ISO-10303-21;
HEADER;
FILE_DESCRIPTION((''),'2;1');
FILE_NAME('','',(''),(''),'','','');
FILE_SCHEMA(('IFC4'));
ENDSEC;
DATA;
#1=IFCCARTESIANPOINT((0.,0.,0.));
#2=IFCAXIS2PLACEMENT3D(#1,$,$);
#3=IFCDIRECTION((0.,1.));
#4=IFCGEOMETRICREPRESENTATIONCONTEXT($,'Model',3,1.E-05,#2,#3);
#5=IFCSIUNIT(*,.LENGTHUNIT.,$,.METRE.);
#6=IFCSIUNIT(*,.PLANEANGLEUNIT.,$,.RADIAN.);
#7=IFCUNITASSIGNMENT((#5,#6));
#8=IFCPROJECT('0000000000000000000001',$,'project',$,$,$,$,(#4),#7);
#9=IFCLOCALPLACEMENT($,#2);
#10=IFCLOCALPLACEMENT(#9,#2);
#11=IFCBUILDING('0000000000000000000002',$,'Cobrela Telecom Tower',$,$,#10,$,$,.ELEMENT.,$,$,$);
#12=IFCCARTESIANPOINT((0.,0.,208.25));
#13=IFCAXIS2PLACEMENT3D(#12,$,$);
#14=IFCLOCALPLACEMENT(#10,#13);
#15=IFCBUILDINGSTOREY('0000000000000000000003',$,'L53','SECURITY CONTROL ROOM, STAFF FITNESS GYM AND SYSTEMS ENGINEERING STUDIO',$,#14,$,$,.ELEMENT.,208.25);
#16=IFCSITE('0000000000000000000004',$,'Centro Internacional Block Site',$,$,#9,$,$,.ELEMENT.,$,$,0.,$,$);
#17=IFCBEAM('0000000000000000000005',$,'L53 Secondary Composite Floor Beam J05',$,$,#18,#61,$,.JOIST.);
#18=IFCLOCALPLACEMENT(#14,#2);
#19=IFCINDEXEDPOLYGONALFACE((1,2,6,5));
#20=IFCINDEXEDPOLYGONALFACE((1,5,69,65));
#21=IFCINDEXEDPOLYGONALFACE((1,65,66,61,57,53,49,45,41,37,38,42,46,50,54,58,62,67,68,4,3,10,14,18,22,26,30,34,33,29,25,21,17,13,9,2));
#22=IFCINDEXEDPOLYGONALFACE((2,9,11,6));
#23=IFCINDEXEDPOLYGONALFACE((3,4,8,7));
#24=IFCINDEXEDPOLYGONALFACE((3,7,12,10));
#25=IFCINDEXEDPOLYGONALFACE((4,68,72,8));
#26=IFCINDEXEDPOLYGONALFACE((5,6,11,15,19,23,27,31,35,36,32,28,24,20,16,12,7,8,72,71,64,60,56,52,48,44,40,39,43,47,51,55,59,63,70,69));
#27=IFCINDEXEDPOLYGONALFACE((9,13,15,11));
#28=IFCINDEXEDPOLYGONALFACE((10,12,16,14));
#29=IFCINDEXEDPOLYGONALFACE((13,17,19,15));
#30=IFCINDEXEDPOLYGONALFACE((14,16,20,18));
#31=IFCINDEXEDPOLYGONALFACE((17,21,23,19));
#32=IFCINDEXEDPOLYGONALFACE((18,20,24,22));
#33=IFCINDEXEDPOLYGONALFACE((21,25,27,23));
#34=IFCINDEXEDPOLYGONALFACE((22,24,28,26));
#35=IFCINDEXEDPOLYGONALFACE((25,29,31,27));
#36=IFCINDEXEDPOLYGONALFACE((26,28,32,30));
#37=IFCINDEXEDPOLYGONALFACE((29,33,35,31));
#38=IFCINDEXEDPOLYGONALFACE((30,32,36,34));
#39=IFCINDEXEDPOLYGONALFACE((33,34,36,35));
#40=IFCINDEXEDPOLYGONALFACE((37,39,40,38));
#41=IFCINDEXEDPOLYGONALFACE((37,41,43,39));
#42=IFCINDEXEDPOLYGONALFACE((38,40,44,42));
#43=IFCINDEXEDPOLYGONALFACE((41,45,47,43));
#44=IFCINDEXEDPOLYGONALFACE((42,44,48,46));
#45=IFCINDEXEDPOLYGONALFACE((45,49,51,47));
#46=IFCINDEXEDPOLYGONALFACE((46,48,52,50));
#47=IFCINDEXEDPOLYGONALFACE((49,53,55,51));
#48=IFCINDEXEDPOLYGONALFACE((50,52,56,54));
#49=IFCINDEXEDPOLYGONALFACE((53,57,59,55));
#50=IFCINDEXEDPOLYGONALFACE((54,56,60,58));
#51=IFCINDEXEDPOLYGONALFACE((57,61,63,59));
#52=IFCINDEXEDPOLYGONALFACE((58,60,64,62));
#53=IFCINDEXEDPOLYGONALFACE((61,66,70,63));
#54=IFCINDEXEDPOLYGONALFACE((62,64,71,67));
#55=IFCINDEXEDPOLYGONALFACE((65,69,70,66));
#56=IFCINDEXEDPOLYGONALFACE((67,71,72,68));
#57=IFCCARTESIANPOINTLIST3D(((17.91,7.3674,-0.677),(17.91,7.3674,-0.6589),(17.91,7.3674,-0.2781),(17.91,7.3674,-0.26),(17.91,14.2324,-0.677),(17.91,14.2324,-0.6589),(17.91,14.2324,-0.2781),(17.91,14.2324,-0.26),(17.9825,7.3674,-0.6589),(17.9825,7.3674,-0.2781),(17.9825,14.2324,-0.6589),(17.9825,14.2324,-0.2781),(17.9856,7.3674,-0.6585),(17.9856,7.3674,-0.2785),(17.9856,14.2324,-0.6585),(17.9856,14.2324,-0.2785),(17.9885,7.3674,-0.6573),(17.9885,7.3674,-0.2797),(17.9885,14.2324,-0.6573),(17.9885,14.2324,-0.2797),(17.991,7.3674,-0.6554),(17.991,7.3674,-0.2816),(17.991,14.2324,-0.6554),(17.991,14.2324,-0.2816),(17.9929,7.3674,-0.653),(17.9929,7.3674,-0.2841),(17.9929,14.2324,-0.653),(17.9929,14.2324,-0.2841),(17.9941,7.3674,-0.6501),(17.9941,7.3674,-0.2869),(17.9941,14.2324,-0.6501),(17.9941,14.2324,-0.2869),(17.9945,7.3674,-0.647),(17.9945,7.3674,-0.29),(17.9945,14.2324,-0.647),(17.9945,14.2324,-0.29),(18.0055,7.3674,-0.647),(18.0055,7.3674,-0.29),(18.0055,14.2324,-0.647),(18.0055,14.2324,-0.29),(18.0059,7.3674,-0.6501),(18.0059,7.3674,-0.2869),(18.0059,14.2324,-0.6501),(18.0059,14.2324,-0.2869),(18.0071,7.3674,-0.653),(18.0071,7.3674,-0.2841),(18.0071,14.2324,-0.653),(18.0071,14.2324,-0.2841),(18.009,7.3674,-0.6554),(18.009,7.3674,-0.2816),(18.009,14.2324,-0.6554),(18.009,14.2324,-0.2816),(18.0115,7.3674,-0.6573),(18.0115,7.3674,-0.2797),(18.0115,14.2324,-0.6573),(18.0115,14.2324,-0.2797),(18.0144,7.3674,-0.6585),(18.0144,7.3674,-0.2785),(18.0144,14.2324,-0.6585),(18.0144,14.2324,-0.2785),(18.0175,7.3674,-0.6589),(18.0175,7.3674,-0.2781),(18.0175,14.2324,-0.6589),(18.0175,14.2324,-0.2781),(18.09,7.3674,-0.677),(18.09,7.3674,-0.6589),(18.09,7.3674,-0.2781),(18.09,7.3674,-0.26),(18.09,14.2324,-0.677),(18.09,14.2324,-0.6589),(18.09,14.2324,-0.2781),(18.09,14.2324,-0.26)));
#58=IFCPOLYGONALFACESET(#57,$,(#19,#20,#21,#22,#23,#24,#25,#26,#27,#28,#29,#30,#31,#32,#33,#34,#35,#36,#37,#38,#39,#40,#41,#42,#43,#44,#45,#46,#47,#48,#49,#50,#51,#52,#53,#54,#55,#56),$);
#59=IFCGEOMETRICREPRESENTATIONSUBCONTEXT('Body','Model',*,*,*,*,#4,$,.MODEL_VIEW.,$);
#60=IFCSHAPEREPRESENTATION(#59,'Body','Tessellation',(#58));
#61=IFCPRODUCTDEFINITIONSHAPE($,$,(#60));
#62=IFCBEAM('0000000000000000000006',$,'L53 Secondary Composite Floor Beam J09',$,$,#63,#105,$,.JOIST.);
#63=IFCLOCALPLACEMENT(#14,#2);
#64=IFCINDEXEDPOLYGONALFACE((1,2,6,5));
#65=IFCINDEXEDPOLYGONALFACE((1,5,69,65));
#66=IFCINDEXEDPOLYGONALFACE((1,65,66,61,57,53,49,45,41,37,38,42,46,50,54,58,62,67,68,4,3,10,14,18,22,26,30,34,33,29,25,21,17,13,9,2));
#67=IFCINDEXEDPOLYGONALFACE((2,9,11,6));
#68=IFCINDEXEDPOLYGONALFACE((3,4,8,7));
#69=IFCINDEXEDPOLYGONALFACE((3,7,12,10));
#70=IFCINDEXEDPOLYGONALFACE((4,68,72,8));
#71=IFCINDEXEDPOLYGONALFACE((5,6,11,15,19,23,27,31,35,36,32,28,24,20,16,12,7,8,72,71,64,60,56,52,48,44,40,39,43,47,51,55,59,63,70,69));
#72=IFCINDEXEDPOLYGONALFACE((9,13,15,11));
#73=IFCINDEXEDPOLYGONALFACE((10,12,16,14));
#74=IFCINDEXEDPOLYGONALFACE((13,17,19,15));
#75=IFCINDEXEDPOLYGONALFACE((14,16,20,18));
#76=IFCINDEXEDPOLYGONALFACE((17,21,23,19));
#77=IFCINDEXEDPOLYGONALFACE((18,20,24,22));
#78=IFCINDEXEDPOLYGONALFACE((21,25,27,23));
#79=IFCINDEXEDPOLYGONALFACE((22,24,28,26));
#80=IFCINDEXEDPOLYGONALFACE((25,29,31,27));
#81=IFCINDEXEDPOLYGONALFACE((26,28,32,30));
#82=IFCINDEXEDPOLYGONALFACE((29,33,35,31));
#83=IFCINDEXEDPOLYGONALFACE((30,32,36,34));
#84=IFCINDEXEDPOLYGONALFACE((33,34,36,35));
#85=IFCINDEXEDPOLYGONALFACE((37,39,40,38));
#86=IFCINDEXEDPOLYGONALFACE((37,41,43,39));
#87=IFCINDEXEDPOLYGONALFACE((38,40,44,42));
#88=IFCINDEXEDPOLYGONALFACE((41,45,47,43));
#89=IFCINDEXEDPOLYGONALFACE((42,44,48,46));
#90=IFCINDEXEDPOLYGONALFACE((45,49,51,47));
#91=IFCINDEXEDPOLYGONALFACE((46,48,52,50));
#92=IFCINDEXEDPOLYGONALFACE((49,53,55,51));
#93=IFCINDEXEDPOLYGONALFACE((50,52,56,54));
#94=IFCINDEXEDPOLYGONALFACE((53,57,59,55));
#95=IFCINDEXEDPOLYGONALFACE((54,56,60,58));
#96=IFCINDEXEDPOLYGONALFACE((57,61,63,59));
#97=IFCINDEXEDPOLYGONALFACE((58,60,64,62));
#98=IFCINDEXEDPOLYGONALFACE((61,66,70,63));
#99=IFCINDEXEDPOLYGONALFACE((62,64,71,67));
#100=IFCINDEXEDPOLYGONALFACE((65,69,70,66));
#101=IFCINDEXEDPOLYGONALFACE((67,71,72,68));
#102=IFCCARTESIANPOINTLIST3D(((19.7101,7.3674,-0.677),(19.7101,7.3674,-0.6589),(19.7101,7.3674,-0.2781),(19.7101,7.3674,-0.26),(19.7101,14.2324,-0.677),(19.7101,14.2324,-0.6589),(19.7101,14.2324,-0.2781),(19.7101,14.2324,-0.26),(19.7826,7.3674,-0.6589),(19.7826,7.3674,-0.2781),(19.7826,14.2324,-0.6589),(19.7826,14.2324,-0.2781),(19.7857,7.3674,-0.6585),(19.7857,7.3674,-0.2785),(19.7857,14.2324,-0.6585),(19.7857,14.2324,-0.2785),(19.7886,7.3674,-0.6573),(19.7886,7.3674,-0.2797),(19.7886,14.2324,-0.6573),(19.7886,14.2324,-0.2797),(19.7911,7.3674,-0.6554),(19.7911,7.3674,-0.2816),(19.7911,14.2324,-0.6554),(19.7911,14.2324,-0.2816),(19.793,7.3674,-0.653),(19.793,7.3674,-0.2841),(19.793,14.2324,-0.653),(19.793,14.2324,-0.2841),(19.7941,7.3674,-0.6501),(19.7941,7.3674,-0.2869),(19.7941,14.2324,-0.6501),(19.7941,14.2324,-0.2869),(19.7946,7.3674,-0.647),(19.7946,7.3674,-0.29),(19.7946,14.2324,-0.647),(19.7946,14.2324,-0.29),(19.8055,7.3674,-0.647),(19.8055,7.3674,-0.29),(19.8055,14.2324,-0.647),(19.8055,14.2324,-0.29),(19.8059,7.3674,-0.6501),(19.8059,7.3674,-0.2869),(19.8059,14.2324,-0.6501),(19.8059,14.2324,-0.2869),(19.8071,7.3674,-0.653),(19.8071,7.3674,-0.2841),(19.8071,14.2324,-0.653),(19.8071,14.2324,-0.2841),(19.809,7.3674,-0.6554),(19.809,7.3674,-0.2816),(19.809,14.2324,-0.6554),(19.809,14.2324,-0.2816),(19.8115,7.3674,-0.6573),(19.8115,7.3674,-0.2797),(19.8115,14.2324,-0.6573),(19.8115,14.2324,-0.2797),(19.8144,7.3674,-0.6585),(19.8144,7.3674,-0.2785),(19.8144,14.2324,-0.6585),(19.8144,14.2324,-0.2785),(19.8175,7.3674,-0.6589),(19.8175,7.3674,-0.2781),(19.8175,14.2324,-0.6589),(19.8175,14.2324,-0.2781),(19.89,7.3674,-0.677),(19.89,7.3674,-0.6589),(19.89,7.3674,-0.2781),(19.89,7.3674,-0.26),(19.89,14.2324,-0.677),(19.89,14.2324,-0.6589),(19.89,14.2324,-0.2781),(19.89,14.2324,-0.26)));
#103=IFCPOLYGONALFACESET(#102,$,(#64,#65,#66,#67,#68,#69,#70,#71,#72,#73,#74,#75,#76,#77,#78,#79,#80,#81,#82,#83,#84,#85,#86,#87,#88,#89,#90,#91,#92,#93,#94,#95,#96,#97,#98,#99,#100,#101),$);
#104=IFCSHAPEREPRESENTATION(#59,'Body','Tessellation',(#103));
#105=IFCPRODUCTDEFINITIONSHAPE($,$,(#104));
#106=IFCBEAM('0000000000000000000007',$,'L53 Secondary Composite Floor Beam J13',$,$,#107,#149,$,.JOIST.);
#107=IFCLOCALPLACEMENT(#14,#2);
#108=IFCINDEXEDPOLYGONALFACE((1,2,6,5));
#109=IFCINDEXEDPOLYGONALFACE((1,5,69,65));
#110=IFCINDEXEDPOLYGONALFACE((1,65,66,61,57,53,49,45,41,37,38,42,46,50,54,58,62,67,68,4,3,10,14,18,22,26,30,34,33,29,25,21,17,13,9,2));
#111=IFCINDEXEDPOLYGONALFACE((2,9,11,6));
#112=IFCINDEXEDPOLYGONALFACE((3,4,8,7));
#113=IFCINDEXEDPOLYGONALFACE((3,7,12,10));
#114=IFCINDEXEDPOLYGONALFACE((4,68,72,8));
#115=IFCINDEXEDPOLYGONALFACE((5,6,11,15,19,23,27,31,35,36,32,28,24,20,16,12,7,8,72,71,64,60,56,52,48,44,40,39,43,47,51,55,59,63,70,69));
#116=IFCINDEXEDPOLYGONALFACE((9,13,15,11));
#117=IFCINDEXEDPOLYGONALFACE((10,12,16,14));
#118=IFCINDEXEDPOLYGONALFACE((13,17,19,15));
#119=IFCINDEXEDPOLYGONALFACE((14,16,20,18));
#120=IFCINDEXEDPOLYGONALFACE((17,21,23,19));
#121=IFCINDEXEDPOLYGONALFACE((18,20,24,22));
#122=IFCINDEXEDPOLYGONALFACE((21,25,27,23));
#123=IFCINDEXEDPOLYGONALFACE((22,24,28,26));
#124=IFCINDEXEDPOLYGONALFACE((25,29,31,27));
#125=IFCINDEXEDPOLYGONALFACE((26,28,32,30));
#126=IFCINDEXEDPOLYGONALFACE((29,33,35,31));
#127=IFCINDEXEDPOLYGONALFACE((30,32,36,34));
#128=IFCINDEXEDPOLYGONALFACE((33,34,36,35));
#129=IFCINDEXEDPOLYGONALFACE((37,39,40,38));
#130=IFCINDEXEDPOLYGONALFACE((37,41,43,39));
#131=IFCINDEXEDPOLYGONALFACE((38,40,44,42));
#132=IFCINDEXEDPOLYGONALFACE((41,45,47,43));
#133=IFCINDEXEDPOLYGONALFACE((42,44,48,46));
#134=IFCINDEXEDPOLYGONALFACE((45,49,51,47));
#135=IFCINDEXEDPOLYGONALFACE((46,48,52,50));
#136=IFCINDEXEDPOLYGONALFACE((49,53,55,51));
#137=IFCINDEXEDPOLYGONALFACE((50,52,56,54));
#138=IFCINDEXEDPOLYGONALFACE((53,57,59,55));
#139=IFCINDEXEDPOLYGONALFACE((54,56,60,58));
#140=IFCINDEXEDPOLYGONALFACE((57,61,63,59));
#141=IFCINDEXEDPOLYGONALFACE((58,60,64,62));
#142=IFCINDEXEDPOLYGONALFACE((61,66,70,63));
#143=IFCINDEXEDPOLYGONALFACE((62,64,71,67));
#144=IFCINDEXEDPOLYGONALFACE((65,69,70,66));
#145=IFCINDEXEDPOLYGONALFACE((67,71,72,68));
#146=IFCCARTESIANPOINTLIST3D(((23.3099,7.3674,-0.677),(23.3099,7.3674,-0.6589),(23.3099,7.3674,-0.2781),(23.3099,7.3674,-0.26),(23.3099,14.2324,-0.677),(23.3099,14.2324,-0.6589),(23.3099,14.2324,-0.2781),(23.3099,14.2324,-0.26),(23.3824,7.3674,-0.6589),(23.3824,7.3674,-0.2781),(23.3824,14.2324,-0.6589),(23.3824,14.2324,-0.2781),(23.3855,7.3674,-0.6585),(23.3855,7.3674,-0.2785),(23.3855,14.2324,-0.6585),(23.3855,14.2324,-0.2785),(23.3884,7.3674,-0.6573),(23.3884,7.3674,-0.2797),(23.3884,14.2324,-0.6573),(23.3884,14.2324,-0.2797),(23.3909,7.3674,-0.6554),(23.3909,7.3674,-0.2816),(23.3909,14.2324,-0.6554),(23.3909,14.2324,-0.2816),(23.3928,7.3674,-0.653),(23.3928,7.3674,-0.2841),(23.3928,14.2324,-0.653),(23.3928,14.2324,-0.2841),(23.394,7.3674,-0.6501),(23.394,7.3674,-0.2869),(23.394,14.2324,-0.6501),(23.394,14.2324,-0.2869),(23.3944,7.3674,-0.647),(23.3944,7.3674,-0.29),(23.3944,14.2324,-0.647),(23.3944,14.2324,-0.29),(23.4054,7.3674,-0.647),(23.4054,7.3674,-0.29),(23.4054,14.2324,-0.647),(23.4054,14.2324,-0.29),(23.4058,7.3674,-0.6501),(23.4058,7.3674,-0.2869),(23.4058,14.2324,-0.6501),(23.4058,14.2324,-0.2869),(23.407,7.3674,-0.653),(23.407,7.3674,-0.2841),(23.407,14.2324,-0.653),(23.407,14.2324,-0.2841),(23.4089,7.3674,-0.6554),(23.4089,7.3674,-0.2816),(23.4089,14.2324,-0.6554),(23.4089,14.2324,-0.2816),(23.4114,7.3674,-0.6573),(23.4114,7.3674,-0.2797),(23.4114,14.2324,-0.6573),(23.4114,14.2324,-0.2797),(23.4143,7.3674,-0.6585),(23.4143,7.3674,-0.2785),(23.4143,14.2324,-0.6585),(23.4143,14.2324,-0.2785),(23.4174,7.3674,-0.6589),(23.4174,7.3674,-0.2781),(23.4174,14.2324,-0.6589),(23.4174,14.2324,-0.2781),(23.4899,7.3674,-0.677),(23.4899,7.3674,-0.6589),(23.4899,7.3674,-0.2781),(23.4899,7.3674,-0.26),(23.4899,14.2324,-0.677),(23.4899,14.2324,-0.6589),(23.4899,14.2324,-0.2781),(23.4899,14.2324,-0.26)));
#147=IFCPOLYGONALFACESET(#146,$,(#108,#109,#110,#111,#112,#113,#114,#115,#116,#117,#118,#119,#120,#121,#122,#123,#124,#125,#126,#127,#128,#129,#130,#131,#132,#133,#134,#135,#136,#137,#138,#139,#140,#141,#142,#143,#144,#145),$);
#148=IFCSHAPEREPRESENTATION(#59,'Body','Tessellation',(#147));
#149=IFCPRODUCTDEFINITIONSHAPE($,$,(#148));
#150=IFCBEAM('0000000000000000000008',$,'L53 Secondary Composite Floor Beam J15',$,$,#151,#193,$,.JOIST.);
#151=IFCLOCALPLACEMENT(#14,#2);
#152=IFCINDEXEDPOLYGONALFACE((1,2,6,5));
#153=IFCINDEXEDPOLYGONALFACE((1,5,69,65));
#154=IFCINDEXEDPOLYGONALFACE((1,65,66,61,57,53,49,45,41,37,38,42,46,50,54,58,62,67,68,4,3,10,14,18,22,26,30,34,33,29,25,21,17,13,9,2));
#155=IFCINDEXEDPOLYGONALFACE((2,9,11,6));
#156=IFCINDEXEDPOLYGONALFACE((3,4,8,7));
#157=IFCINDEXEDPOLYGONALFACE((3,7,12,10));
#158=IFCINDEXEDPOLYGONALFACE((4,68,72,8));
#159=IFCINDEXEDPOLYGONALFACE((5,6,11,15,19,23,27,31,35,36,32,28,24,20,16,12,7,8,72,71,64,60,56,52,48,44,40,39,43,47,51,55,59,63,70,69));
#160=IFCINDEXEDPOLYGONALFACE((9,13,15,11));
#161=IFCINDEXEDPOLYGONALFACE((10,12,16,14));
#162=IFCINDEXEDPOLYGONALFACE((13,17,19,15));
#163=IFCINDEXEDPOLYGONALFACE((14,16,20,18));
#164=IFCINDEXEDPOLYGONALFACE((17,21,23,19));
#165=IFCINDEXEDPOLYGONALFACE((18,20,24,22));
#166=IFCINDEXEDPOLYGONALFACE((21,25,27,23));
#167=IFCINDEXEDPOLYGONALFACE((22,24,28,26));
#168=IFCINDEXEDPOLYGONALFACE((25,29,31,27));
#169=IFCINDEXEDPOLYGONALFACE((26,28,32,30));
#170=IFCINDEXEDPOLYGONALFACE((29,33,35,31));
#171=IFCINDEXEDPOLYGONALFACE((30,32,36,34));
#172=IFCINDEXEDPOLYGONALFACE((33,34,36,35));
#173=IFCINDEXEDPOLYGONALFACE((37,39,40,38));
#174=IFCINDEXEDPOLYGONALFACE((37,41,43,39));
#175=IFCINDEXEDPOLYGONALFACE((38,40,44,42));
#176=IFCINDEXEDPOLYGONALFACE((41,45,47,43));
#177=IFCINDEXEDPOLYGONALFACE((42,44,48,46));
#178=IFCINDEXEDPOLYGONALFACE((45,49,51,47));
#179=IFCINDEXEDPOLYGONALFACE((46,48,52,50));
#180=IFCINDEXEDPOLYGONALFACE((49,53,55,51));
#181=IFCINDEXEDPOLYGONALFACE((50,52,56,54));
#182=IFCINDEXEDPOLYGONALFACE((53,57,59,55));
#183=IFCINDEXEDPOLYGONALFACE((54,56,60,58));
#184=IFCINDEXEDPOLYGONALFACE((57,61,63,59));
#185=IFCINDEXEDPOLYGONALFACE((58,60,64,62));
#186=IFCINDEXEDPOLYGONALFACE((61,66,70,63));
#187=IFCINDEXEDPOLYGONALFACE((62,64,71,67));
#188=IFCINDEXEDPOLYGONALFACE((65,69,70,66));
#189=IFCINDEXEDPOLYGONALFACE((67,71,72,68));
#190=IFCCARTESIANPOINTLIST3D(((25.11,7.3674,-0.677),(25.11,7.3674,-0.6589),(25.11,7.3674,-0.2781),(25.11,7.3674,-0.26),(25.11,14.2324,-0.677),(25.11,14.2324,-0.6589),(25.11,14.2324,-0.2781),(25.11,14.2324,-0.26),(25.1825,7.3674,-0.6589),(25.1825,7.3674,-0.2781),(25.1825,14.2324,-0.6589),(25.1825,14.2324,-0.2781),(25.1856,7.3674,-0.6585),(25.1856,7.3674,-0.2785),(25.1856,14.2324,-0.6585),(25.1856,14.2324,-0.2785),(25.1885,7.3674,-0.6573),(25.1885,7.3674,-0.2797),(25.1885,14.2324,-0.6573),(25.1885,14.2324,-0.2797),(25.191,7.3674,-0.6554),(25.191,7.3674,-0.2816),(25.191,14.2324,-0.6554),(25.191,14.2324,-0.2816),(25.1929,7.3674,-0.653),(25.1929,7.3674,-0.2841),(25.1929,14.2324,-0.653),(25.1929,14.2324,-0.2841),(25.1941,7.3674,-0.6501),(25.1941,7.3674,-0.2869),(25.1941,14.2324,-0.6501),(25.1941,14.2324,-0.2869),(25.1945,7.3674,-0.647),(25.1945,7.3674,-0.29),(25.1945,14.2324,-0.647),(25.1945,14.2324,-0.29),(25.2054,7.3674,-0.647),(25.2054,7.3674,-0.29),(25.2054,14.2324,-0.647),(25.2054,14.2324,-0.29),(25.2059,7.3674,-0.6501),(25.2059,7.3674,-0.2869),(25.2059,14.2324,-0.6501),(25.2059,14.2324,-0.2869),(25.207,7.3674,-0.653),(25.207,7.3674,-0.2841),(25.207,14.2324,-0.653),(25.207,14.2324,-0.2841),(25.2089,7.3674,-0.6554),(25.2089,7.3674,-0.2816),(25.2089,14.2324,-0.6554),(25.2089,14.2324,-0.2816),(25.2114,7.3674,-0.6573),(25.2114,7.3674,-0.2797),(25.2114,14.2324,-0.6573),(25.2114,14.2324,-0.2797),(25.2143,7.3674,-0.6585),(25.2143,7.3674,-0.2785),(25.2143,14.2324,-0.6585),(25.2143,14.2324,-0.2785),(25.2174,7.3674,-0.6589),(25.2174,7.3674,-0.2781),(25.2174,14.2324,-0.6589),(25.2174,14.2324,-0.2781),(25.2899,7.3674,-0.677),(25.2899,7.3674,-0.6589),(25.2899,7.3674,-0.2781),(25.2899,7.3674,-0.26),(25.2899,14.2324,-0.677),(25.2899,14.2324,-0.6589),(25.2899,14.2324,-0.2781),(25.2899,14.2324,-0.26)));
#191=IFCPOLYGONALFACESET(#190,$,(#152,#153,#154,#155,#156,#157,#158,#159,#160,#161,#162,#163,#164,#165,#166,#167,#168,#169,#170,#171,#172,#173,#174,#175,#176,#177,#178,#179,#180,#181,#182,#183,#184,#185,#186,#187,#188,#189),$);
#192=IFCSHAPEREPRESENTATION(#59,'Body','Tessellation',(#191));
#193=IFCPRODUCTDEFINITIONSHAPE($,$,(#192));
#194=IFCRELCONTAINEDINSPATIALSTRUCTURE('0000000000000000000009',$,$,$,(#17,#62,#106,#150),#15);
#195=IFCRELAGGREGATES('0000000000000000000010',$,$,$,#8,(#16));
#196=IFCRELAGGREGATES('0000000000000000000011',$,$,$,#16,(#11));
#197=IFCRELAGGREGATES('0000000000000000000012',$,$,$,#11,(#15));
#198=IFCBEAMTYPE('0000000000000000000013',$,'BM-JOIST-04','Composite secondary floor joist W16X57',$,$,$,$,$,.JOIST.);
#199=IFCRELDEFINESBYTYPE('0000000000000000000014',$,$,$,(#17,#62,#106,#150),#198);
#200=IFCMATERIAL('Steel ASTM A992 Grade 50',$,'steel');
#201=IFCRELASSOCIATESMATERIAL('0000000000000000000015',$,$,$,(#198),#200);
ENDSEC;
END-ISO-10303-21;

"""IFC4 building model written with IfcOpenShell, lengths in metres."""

from ifc_helpers import new_model, si_unit, direction, frame, origin, origin_2d, place, context, subcontext, project, spatial, i_section, extrude, material, material_profile, profile_set, type_object, element, save


model = new_model("IFC4")

# Units and contexts
model_context = context("Model", 3, precision=1e-05, world=origin(), true_north=direction((0.0, 1.0)))
body_context = subcontext(model_context, "Body", "Model", "MODEL_VIEW")
ifc_project = project(units=[si_unit("LENGTHUNIT", "METRE"), si_unit("PLANEANGLEUNIT", "RADIAN")], contexts=[model_context])

# Site, building, storey
site_placement = place(None, origin())
site = spatial("IfcSite", under=ifc_project, at=site_placement, Name="Centro Internacional Block Site", CompositionType="ELEMENT", RefElevation=0.0)
building_placement = place(site_placement, origin())
building = spatial("IfcBuilding", under=site, at=building_placement, Name="Cobrela Telecom Tower", CompositionType="ELEMENT")
storey_placement = place(building_placement, frame((0.0, 0.0, 208.25)))
storey = spatial("IfcBuildingStorey", under=building, at=storey_placement, Name="L53", Description="SECURITY CONTROL ROOM, STAFF FITNESS GYM AND SYSTEMS ENGINEERING STUDIO", CompositionType="ELEMENT", Elevation=208.25)

# Shared definitions
ifc_material_1 = material(Name="Steel ASTM A992 Grade 50", Category="steel")

# Beams
ifc_material_profile_1 = material_profile(ifc_material_1, i_section(OverallWidth=0.1799, OverallDepth=0.417, WebThickness=0.011, FlangeThickness=0.0181, FilletRadius=0.012, at=origin_2d()), Name="W16X57")
ifc_profile_set_1 = profile_set([ifc_material_profile_1], Name="Steel ASTM A992 Grade 50")
beam_type_1 = type_object("IfcBeamType", Name="BM-JOIST-04", Description="Composite secondary floor joist W16X57", PredefinedType="JOIST", material=ifc_profile_set_1)
for number, where, z_axis, x_axis, name in (
    (1, (18.0, 7.3674, -0.4685), (0.0, 1.0, 0.0), (-1.0, 0.0, 0.0), "L53 Secondary Composite Floor Beam J05"),
    (2, (19.8, 7.3674, -0.4685), (0.0, 1.0, 0.0), (-1.0, 0.0, 0.0), "L53 Secondary Composite Floor Beam J09"),
    (3, (23.3999, 7.3674, -0.4685), (0.0, 1.0, 0.0), (-1.0, 0.0, 0.0), "L53 Secondary Composite Floor Beam J13"),
    (4, (25.2, 7.3674, -0.4685), (0.0, 1.0, 0.0), (-1.0, 0.0, 0.0), "L53 Secondary Composite Floor Beam J15"),
):
    element("IfcBeam", number, at=place(storey_placement, frame(where, z_axis=z_axis, x_axis=x_axis)), inside=storey, type_object=beam_type_1, Name=name, PredefinedType="JOIST", context=body_context, shape_type="SweptSolid", body=[
        extrude(i_section(OverallWidth=0.1799, OverallDepth=0.417, WebThickness=0.011, FlangeThickness=0.0181, FilletRadius=0.012, at=origin_2d()), origin(), (0.0, 0.0, 1.0), 6.865),
    ])

save(model, "model.ifc")
